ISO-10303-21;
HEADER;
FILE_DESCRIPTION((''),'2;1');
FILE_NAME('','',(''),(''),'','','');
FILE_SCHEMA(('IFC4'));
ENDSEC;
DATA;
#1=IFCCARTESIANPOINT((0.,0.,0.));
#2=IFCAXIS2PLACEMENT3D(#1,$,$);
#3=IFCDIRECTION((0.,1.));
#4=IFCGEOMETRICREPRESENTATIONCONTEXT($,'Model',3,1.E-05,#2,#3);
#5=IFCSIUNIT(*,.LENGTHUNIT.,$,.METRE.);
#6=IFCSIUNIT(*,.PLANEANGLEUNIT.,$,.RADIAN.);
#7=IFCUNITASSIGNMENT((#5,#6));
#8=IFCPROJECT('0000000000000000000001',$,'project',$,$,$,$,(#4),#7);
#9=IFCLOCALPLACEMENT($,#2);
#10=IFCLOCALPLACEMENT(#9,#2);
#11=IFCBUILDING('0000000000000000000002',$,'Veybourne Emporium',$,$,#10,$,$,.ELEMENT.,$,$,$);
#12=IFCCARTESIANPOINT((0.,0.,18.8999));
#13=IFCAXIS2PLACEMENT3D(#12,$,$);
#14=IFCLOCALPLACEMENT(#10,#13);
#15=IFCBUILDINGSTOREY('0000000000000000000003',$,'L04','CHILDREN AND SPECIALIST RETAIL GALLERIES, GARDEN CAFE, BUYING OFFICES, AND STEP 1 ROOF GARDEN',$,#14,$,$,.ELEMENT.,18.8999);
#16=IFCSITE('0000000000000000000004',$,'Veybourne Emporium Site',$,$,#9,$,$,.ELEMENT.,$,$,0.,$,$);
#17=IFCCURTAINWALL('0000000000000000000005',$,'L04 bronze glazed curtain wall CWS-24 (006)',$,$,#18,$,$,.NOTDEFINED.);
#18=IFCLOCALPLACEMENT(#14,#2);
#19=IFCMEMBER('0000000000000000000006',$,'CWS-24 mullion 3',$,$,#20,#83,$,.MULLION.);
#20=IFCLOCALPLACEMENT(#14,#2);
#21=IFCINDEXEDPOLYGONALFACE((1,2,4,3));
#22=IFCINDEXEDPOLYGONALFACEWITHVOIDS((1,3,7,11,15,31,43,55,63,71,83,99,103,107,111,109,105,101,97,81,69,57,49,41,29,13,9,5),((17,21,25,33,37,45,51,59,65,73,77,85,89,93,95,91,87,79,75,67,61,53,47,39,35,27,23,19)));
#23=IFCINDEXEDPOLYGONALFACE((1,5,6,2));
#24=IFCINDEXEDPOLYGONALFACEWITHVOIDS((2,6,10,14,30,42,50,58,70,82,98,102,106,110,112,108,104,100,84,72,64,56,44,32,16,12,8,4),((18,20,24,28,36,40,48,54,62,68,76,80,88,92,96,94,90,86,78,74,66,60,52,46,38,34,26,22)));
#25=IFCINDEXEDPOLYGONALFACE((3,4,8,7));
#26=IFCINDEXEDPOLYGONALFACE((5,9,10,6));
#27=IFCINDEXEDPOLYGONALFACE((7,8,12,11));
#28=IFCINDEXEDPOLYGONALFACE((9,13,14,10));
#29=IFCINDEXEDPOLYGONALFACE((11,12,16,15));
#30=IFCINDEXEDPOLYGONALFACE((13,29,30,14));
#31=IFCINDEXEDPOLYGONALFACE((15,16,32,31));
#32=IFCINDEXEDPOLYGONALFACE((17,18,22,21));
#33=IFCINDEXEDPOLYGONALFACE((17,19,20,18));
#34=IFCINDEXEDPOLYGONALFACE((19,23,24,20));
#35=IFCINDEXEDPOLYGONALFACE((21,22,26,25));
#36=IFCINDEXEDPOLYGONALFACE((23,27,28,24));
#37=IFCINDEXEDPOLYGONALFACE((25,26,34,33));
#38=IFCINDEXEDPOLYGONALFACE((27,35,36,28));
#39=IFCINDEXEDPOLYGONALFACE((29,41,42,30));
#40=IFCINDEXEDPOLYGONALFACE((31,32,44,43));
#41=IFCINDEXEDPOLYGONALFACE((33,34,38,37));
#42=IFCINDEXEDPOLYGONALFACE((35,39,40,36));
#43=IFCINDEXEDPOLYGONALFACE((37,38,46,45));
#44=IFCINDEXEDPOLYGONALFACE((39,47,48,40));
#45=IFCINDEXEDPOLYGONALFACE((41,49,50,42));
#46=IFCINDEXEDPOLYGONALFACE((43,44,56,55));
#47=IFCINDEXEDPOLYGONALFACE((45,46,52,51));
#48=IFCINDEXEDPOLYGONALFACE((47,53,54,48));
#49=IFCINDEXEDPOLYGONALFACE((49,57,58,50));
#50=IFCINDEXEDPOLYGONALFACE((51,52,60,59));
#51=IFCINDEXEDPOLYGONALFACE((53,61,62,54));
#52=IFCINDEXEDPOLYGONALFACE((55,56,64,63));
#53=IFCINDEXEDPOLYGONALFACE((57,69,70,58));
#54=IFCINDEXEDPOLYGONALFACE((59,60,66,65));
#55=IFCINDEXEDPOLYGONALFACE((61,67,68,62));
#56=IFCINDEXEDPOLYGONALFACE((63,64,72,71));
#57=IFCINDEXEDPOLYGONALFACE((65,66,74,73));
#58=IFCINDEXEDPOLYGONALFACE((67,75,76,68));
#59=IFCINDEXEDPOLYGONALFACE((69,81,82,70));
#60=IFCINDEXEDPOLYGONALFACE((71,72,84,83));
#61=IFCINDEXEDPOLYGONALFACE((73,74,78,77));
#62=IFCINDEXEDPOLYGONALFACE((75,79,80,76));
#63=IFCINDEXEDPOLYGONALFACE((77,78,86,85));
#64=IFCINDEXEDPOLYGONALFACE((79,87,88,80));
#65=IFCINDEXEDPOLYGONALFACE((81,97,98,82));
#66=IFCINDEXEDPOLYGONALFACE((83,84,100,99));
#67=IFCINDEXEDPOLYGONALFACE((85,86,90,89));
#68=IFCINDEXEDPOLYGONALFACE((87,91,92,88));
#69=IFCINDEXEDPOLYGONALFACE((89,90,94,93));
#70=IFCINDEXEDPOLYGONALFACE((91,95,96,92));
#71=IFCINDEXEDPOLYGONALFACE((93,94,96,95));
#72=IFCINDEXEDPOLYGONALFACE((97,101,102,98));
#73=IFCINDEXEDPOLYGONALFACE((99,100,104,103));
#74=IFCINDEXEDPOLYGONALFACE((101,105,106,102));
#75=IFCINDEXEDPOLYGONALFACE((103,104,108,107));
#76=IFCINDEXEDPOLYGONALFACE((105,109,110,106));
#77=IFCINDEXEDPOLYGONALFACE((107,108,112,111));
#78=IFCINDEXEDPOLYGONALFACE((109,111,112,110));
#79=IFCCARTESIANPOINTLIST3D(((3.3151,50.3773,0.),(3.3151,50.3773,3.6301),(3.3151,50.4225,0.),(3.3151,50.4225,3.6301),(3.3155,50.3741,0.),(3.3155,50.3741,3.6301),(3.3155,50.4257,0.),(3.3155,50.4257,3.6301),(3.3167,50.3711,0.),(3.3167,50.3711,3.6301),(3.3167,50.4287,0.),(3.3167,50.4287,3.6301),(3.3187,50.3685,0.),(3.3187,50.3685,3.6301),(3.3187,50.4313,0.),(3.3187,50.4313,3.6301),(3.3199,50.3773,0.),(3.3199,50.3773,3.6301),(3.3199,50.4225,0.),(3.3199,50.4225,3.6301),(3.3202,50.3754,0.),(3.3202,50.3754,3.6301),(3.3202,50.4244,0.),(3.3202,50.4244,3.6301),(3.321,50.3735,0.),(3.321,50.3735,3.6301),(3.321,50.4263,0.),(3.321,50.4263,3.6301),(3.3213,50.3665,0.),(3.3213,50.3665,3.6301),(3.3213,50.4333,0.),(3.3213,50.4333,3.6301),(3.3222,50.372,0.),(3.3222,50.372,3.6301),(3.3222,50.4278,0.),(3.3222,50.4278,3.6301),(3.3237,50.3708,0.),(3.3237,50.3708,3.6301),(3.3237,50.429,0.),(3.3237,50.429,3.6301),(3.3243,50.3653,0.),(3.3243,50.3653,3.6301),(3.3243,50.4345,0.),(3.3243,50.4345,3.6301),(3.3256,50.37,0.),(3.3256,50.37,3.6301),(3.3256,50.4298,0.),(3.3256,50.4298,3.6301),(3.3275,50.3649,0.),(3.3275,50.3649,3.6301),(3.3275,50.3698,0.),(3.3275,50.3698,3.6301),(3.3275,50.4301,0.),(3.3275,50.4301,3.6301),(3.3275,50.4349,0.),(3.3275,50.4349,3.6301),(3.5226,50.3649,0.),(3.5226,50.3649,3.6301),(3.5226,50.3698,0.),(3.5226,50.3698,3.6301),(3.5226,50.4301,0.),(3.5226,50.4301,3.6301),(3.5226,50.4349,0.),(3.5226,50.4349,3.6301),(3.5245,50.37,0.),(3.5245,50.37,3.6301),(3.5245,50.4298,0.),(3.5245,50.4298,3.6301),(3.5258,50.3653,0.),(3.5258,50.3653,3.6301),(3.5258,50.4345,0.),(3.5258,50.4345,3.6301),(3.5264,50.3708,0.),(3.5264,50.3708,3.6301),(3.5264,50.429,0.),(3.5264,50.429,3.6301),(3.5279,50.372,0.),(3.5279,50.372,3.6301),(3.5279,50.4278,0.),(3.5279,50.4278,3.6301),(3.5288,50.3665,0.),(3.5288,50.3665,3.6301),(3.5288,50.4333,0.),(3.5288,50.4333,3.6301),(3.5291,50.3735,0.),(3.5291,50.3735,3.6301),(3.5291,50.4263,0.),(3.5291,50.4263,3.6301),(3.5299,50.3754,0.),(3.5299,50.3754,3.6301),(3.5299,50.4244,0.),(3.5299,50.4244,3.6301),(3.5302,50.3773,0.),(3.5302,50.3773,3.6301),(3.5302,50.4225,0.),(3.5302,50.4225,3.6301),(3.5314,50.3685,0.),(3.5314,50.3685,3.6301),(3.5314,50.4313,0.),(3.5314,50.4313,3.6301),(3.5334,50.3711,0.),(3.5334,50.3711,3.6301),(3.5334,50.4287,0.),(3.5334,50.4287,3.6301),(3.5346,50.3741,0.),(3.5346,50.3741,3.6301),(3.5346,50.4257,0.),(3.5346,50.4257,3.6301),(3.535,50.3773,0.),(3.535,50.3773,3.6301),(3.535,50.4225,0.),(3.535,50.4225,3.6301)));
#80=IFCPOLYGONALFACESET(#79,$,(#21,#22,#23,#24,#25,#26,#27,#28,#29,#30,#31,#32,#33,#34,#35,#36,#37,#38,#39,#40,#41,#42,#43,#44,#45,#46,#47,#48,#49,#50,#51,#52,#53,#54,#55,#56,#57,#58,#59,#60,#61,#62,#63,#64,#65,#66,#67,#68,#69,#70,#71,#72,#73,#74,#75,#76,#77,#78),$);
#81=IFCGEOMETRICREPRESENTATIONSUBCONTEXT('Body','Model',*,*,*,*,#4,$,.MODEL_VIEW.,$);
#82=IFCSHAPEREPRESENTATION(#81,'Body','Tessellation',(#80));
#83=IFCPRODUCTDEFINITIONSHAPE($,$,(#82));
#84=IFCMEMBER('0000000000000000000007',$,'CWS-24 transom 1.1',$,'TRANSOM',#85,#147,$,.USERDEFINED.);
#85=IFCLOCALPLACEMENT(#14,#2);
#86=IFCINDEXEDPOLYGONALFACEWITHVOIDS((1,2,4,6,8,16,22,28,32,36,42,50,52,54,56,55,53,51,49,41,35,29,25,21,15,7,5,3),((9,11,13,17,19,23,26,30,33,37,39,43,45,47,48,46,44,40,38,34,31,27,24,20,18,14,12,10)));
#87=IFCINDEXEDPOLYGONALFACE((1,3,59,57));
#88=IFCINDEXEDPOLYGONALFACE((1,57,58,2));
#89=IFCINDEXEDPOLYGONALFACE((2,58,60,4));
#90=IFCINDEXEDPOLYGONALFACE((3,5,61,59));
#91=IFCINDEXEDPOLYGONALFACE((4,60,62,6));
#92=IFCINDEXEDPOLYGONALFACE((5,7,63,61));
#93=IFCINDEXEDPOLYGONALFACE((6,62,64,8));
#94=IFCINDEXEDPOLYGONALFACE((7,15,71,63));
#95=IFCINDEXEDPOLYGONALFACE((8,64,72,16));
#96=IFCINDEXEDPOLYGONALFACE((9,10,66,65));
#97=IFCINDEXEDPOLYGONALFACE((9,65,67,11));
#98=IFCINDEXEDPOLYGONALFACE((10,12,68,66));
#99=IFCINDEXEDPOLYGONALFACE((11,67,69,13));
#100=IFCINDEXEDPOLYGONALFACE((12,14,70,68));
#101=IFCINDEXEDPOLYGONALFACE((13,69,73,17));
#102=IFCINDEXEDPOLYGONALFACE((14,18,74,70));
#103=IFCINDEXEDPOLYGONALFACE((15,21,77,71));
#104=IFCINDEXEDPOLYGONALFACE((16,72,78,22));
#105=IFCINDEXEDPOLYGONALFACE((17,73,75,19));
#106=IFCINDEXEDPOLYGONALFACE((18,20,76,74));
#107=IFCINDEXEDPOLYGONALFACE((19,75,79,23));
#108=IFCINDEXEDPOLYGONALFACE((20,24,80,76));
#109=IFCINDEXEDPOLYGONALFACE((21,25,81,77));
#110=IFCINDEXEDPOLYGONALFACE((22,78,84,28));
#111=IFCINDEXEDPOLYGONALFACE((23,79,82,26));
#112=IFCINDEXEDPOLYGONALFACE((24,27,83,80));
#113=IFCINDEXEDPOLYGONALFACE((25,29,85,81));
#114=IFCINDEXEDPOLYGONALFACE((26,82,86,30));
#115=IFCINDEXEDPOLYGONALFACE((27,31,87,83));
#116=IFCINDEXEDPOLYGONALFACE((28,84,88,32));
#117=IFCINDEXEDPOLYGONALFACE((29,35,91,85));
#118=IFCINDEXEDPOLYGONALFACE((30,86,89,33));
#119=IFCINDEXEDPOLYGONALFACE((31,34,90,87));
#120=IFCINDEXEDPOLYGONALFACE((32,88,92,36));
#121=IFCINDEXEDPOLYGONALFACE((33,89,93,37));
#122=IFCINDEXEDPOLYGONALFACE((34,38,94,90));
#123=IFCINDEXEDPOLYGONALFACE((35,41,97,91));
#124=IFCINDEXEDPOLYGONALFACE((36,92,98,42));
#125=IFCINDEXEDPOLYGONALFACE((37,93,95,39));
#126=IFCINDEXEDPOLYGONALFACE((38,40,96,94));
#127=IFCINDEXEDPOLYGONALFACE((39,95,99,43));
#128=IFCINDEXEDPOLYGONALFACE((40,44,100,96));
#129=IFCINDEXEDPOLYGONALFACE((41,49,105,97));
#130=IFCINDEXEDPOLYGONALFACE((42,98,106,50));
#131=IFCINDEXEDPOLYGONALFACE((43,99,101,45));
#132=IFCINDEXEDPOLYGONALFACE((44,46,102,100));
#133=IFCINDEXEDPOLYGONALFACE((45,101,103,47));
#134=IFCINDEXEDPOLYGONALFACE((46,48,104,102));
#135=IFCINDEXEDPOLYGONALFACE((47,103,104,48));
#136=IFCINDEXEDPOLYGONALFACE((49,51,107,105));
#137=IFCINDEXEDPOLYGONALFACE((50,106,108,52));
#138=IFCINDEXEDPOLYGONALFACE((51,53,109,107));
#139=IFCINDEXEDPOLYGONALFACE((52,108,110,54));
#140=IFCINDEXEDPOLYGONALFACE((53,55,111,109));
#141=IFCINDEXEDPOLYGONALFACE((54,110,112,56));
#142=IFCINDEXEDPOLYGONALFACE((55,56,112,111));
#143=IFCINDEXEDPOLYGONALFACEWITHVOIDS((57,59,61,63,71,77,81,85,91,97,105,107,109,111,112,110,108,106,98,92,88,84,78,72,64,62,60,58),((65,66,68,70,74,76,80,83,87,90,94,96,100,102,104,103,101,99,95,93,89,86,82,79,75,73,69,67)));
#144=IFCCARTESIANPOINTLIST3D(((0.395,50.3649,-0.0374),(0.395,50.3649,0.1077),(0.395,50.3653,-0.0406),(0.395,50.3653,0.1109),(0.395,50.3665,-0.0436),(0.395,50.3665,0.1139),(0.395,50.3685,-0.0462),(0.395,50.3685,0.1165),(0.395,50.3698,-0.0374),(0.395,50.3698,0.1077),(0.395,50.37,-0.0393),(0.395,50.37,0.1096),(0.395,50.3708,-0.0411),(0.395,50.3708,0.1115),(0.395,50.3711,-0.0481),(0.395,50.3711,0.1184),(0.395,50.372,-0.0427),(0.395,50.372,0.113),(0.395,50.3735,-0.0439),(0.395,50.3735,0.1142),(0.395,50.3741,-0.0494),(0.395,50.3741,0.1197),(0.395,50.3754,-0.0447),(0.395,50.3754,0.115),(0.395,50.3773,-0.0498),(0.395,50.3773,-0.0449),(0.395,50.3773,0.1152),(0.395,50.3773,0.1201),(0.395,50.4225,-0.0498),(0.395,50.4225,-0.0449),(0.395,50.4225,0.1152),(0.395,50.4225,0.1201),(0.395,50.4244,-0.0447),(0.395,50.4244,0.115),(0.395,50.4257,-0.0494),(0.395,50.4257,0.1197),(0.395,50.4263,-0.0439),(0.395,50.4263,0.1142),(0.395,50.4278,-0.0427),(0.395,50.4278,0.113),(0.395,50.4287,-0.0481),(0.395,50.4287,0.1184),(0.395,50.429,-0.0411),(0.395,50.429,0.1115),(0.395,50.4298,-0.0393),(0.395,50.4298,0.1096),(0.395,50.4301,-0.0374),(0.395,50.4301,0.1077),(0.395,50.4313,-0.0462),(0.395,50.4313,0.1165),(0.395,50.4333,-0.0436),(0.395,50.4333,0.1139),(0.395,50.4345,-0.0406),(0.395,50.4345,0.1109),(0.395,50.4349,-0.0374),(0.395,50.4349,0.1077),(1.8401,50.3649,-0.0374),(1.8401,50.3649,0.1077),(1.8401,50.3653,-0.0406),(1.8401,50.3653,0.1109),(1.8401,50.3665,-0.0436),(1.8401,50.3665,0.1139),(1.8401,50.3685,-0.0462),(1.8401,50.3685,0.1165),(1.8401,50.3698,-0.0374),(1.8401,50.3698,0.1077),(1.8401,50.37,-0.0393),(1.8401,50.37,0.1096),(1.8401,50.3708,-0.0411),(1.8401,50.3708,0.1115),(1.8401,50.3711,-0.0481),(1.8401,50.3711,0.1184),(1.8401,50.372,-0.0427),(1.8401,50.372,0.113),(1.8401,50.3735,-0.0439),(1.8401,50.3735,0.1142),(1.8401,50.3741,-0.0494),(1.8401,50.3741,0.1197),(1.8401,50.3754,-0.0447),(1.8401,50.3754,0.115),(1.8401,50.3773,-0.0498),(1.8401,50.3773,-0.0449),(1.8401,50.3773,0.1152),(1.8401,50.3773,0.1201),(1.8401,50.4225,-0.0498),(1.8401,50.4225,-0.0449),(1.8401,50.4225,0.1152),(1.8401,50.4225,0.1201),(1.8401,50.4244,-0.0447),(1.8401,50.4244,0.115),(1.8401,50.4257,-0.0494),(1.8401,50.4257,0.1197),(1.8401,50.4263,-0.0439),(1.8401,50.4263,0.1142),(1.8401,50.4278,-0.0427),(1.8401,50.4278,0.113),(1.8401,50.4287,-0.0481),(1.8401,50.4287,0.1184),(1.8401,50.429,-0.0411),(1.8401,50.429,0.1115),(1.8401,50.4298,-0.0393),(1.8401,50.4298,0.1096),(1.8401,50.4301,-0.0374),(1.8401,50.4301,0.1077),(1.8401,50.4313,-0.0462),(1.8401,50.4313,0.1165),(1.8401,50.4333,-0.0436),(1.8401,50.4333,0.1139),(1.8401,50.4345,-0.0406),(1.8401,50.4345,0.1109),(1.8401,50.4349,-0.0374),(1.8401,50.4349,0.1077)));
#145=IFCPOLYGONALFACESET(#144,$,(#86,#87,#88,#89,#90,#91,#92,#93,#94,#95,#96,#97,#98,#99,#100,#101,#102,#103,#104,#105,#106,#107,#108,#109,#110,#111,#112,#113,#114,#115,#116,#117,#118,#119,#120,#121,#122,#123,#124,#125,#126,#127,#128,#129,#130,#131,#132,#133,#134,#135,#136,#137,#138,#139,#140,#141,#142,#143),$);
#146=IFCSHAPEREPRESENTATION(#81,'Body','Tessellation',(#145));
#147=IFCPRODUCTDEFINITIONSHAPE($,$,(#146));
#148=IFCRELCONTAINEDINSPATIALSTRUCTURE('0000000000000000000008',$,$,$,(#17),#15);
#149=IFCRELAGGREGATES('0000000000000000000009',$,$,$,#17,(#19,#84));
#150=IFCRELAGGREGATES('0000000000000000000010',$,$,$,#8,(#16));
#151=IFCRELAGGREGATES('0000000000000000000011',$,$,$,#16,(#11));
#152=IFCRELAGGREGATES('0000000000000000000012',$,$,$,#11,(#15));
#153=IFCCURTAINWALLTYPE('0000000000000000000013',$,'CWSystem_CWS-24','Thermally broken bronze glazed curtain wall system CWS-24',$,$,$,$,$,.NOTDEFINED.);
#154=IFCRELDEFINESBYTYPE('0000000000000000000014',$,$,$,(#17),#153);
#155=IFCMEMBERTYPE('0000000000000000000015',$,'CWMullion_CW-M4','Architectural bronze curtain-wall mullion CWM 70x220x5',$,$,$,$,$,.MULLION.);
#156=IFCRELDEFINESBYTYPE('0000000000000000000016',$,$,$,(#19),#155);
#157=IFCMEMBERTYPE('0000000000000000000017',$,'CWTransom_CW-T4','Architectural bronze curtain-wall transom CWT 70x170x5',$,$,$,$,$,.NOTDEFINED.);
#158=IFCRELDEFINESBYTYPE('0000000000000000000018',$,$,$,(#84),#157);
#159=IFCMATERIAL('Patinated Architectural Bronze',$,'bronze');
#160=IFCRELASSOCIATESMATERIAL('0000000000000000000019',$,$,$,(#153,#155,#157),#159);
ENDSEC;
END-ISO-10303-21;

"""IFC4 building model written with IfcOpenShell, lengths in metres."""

from ifc_helpers import new_model, si_unit, direction, frame, origin, origin_2d, place, context, subcontext, project, spatial, hollow_rectangle, extrude, material, material_profile, profile_set, type_object, element, aggregate, save


model = new_model("IFC4")

# Units and contexts
model_context = context("Model", 3, precision=1e-05, world=origin(), true_north=direction((0.0, 1.0)))
body_context = subcontext(model_context, "Body", "Model", "MODEL_VIEW")
ifc_project = project(units=[si_unit("LENGTHUNIT", "METRE"), si_unit("PLANEANGLEUNIT", "RADIAN")], contexts=[model_context])

# Site, building, storey
site_placement = place(None, origin())
site = spatial("IfcSite", under=ifc_project, at=site_placement, Name="Veybourne Emporium Site", CompositionType="ELEMENT", RefElevation=0.0)
building_placement = place(site_placement, origin())
building = spatial("IfcBuilding", under=site, at=building_placement, Name="Veybourne Emporium", CompositionType="ELEMENT")
storey_placement = place(building_placement, frame((0.0, 0.0, 18.8999)))
storey = spatial("IfcBuildingStorey", under=building, at=storey_placement, Name="L04", Description="CHILDREN AND SPECIALIST RETAIL GALLERIES, GARDEN CAFE, BUYING OFFICES, AND STEP 1 ROOF GARDEN", CompositionType="ELEMENT", Elevation=18.8999)

# Curtain wall, members
ifc_material_1 = material(Name="Patinated Architectural Bronze", Category="bronze")
curtain_wall_type = type_object("IfcCurtainWallType", Name="CWSystem_CWS-24", Description="Thermally broken bronze glazed curtain wall system CWS-24", PredefinedType="NOTDEFINED", material=ifc_material_1)
curtain_wall_placement = place(storey_placement, origin())
curtain_wall = element("IfcCurtainWall", 1, at=curtain_wall_placement, inside=storey, type_object=curtain_wall_type, Name="L04 bronze glazed curtain wall CWS-24 (006)", PredefinedType="NOTDEFINED")
ifc_material_profile_1 = material_profile(ifc_material_1, hollow_rectangle(XDim=0.0701, YDim=0.22, WallThickness=0.0049, InnerFilletRadius=0.0076, OuterFilletRadius=0.0125, at=origin_2d()), Name="CWM 70x220x5")
ifc_profile_set_1 = profile_set([ifc_material_profile_1], Name="Patinated Architectural Bronze")
member_type_1 = type_object("IfcMemberType", Name="CWMullion_CW-M4", Description="Architectural bronze curtain-wall mullion CWM 70x220x5", PredefinedType="MULLION", material=ifc_profile_set_1)
member_1_placement = place(storey_placement, frame((3.425, 50.3999, 0.0), z_axis=(0.0, 0.0, 1.0), x_axis=(0.0, 1.0, 0.0)))
member_1 = element("IfcMember", 2, at=member_1_placement, type_object=member_type_1, Name="CWS-24 mullion 3", PredefinedType="MULLION", context=body_context, shape_type="SweptSolid", body=[
    extrude(hollow_rectangle(XDim=0.0701, YDim=0.22, WallThickness=0.0049, InnerFilletRadius=0.0076, OuterFilletRadius=0.0125, at=origin_2d()), origin(), (0.0, 0.0, 1.0), 3.6301),
])
ifc_material_profile_2 = material_profile(ifc_material_1, hollow_rectangle(XDim=0.0701, YDim=0.1699, WallThickness=0.0049, InnerFilletRadius=0.0076, OuterFilletRadius=0.0125, at=origin_2d()), Name="CWT 70x170x5")
ifc_profile_set_2 = profile_set([ifc_material_profile_2], Name="Patinated Architectural Bronze")
member_type_2 = type_object("IfcMemberType", Name="CWTransom_CW-T4", Description="Architectural bronze curtain-wall transom CWT 70x170x5", PredefinedType="NOTDEFINED", material=ifc_profile_set_2)
member_2_placement = place(storey_placement, frame((0.395, 50.3999, 0.0352), z_axis=(1.0, 0.0, 0.0), x_axis=(0.0, 1.0, 0.0)))
member_2 = element("IfcMember", 3, at=member_2_placement, type_object=member_type_2, Name="CWS-24 transom 1.1", ObjectType="TRANSOM", PredefinedType="USERDEFINED", context=body_context, shape_type="SweptSolid", body=[
    extrude(hollow_rectangle(XDim=0.0701, YDim=0.1699, WallThickness=0.0049, InnerFilletRadius=0.0076, OuterFilletRadius=0.0125, at=origin_2d()), origin(), (0.0, 0.0, 1.0), 1.4451),
])

aggregate(curtain_wall, [member_1, member_2])

save(model, "model.ifc")
